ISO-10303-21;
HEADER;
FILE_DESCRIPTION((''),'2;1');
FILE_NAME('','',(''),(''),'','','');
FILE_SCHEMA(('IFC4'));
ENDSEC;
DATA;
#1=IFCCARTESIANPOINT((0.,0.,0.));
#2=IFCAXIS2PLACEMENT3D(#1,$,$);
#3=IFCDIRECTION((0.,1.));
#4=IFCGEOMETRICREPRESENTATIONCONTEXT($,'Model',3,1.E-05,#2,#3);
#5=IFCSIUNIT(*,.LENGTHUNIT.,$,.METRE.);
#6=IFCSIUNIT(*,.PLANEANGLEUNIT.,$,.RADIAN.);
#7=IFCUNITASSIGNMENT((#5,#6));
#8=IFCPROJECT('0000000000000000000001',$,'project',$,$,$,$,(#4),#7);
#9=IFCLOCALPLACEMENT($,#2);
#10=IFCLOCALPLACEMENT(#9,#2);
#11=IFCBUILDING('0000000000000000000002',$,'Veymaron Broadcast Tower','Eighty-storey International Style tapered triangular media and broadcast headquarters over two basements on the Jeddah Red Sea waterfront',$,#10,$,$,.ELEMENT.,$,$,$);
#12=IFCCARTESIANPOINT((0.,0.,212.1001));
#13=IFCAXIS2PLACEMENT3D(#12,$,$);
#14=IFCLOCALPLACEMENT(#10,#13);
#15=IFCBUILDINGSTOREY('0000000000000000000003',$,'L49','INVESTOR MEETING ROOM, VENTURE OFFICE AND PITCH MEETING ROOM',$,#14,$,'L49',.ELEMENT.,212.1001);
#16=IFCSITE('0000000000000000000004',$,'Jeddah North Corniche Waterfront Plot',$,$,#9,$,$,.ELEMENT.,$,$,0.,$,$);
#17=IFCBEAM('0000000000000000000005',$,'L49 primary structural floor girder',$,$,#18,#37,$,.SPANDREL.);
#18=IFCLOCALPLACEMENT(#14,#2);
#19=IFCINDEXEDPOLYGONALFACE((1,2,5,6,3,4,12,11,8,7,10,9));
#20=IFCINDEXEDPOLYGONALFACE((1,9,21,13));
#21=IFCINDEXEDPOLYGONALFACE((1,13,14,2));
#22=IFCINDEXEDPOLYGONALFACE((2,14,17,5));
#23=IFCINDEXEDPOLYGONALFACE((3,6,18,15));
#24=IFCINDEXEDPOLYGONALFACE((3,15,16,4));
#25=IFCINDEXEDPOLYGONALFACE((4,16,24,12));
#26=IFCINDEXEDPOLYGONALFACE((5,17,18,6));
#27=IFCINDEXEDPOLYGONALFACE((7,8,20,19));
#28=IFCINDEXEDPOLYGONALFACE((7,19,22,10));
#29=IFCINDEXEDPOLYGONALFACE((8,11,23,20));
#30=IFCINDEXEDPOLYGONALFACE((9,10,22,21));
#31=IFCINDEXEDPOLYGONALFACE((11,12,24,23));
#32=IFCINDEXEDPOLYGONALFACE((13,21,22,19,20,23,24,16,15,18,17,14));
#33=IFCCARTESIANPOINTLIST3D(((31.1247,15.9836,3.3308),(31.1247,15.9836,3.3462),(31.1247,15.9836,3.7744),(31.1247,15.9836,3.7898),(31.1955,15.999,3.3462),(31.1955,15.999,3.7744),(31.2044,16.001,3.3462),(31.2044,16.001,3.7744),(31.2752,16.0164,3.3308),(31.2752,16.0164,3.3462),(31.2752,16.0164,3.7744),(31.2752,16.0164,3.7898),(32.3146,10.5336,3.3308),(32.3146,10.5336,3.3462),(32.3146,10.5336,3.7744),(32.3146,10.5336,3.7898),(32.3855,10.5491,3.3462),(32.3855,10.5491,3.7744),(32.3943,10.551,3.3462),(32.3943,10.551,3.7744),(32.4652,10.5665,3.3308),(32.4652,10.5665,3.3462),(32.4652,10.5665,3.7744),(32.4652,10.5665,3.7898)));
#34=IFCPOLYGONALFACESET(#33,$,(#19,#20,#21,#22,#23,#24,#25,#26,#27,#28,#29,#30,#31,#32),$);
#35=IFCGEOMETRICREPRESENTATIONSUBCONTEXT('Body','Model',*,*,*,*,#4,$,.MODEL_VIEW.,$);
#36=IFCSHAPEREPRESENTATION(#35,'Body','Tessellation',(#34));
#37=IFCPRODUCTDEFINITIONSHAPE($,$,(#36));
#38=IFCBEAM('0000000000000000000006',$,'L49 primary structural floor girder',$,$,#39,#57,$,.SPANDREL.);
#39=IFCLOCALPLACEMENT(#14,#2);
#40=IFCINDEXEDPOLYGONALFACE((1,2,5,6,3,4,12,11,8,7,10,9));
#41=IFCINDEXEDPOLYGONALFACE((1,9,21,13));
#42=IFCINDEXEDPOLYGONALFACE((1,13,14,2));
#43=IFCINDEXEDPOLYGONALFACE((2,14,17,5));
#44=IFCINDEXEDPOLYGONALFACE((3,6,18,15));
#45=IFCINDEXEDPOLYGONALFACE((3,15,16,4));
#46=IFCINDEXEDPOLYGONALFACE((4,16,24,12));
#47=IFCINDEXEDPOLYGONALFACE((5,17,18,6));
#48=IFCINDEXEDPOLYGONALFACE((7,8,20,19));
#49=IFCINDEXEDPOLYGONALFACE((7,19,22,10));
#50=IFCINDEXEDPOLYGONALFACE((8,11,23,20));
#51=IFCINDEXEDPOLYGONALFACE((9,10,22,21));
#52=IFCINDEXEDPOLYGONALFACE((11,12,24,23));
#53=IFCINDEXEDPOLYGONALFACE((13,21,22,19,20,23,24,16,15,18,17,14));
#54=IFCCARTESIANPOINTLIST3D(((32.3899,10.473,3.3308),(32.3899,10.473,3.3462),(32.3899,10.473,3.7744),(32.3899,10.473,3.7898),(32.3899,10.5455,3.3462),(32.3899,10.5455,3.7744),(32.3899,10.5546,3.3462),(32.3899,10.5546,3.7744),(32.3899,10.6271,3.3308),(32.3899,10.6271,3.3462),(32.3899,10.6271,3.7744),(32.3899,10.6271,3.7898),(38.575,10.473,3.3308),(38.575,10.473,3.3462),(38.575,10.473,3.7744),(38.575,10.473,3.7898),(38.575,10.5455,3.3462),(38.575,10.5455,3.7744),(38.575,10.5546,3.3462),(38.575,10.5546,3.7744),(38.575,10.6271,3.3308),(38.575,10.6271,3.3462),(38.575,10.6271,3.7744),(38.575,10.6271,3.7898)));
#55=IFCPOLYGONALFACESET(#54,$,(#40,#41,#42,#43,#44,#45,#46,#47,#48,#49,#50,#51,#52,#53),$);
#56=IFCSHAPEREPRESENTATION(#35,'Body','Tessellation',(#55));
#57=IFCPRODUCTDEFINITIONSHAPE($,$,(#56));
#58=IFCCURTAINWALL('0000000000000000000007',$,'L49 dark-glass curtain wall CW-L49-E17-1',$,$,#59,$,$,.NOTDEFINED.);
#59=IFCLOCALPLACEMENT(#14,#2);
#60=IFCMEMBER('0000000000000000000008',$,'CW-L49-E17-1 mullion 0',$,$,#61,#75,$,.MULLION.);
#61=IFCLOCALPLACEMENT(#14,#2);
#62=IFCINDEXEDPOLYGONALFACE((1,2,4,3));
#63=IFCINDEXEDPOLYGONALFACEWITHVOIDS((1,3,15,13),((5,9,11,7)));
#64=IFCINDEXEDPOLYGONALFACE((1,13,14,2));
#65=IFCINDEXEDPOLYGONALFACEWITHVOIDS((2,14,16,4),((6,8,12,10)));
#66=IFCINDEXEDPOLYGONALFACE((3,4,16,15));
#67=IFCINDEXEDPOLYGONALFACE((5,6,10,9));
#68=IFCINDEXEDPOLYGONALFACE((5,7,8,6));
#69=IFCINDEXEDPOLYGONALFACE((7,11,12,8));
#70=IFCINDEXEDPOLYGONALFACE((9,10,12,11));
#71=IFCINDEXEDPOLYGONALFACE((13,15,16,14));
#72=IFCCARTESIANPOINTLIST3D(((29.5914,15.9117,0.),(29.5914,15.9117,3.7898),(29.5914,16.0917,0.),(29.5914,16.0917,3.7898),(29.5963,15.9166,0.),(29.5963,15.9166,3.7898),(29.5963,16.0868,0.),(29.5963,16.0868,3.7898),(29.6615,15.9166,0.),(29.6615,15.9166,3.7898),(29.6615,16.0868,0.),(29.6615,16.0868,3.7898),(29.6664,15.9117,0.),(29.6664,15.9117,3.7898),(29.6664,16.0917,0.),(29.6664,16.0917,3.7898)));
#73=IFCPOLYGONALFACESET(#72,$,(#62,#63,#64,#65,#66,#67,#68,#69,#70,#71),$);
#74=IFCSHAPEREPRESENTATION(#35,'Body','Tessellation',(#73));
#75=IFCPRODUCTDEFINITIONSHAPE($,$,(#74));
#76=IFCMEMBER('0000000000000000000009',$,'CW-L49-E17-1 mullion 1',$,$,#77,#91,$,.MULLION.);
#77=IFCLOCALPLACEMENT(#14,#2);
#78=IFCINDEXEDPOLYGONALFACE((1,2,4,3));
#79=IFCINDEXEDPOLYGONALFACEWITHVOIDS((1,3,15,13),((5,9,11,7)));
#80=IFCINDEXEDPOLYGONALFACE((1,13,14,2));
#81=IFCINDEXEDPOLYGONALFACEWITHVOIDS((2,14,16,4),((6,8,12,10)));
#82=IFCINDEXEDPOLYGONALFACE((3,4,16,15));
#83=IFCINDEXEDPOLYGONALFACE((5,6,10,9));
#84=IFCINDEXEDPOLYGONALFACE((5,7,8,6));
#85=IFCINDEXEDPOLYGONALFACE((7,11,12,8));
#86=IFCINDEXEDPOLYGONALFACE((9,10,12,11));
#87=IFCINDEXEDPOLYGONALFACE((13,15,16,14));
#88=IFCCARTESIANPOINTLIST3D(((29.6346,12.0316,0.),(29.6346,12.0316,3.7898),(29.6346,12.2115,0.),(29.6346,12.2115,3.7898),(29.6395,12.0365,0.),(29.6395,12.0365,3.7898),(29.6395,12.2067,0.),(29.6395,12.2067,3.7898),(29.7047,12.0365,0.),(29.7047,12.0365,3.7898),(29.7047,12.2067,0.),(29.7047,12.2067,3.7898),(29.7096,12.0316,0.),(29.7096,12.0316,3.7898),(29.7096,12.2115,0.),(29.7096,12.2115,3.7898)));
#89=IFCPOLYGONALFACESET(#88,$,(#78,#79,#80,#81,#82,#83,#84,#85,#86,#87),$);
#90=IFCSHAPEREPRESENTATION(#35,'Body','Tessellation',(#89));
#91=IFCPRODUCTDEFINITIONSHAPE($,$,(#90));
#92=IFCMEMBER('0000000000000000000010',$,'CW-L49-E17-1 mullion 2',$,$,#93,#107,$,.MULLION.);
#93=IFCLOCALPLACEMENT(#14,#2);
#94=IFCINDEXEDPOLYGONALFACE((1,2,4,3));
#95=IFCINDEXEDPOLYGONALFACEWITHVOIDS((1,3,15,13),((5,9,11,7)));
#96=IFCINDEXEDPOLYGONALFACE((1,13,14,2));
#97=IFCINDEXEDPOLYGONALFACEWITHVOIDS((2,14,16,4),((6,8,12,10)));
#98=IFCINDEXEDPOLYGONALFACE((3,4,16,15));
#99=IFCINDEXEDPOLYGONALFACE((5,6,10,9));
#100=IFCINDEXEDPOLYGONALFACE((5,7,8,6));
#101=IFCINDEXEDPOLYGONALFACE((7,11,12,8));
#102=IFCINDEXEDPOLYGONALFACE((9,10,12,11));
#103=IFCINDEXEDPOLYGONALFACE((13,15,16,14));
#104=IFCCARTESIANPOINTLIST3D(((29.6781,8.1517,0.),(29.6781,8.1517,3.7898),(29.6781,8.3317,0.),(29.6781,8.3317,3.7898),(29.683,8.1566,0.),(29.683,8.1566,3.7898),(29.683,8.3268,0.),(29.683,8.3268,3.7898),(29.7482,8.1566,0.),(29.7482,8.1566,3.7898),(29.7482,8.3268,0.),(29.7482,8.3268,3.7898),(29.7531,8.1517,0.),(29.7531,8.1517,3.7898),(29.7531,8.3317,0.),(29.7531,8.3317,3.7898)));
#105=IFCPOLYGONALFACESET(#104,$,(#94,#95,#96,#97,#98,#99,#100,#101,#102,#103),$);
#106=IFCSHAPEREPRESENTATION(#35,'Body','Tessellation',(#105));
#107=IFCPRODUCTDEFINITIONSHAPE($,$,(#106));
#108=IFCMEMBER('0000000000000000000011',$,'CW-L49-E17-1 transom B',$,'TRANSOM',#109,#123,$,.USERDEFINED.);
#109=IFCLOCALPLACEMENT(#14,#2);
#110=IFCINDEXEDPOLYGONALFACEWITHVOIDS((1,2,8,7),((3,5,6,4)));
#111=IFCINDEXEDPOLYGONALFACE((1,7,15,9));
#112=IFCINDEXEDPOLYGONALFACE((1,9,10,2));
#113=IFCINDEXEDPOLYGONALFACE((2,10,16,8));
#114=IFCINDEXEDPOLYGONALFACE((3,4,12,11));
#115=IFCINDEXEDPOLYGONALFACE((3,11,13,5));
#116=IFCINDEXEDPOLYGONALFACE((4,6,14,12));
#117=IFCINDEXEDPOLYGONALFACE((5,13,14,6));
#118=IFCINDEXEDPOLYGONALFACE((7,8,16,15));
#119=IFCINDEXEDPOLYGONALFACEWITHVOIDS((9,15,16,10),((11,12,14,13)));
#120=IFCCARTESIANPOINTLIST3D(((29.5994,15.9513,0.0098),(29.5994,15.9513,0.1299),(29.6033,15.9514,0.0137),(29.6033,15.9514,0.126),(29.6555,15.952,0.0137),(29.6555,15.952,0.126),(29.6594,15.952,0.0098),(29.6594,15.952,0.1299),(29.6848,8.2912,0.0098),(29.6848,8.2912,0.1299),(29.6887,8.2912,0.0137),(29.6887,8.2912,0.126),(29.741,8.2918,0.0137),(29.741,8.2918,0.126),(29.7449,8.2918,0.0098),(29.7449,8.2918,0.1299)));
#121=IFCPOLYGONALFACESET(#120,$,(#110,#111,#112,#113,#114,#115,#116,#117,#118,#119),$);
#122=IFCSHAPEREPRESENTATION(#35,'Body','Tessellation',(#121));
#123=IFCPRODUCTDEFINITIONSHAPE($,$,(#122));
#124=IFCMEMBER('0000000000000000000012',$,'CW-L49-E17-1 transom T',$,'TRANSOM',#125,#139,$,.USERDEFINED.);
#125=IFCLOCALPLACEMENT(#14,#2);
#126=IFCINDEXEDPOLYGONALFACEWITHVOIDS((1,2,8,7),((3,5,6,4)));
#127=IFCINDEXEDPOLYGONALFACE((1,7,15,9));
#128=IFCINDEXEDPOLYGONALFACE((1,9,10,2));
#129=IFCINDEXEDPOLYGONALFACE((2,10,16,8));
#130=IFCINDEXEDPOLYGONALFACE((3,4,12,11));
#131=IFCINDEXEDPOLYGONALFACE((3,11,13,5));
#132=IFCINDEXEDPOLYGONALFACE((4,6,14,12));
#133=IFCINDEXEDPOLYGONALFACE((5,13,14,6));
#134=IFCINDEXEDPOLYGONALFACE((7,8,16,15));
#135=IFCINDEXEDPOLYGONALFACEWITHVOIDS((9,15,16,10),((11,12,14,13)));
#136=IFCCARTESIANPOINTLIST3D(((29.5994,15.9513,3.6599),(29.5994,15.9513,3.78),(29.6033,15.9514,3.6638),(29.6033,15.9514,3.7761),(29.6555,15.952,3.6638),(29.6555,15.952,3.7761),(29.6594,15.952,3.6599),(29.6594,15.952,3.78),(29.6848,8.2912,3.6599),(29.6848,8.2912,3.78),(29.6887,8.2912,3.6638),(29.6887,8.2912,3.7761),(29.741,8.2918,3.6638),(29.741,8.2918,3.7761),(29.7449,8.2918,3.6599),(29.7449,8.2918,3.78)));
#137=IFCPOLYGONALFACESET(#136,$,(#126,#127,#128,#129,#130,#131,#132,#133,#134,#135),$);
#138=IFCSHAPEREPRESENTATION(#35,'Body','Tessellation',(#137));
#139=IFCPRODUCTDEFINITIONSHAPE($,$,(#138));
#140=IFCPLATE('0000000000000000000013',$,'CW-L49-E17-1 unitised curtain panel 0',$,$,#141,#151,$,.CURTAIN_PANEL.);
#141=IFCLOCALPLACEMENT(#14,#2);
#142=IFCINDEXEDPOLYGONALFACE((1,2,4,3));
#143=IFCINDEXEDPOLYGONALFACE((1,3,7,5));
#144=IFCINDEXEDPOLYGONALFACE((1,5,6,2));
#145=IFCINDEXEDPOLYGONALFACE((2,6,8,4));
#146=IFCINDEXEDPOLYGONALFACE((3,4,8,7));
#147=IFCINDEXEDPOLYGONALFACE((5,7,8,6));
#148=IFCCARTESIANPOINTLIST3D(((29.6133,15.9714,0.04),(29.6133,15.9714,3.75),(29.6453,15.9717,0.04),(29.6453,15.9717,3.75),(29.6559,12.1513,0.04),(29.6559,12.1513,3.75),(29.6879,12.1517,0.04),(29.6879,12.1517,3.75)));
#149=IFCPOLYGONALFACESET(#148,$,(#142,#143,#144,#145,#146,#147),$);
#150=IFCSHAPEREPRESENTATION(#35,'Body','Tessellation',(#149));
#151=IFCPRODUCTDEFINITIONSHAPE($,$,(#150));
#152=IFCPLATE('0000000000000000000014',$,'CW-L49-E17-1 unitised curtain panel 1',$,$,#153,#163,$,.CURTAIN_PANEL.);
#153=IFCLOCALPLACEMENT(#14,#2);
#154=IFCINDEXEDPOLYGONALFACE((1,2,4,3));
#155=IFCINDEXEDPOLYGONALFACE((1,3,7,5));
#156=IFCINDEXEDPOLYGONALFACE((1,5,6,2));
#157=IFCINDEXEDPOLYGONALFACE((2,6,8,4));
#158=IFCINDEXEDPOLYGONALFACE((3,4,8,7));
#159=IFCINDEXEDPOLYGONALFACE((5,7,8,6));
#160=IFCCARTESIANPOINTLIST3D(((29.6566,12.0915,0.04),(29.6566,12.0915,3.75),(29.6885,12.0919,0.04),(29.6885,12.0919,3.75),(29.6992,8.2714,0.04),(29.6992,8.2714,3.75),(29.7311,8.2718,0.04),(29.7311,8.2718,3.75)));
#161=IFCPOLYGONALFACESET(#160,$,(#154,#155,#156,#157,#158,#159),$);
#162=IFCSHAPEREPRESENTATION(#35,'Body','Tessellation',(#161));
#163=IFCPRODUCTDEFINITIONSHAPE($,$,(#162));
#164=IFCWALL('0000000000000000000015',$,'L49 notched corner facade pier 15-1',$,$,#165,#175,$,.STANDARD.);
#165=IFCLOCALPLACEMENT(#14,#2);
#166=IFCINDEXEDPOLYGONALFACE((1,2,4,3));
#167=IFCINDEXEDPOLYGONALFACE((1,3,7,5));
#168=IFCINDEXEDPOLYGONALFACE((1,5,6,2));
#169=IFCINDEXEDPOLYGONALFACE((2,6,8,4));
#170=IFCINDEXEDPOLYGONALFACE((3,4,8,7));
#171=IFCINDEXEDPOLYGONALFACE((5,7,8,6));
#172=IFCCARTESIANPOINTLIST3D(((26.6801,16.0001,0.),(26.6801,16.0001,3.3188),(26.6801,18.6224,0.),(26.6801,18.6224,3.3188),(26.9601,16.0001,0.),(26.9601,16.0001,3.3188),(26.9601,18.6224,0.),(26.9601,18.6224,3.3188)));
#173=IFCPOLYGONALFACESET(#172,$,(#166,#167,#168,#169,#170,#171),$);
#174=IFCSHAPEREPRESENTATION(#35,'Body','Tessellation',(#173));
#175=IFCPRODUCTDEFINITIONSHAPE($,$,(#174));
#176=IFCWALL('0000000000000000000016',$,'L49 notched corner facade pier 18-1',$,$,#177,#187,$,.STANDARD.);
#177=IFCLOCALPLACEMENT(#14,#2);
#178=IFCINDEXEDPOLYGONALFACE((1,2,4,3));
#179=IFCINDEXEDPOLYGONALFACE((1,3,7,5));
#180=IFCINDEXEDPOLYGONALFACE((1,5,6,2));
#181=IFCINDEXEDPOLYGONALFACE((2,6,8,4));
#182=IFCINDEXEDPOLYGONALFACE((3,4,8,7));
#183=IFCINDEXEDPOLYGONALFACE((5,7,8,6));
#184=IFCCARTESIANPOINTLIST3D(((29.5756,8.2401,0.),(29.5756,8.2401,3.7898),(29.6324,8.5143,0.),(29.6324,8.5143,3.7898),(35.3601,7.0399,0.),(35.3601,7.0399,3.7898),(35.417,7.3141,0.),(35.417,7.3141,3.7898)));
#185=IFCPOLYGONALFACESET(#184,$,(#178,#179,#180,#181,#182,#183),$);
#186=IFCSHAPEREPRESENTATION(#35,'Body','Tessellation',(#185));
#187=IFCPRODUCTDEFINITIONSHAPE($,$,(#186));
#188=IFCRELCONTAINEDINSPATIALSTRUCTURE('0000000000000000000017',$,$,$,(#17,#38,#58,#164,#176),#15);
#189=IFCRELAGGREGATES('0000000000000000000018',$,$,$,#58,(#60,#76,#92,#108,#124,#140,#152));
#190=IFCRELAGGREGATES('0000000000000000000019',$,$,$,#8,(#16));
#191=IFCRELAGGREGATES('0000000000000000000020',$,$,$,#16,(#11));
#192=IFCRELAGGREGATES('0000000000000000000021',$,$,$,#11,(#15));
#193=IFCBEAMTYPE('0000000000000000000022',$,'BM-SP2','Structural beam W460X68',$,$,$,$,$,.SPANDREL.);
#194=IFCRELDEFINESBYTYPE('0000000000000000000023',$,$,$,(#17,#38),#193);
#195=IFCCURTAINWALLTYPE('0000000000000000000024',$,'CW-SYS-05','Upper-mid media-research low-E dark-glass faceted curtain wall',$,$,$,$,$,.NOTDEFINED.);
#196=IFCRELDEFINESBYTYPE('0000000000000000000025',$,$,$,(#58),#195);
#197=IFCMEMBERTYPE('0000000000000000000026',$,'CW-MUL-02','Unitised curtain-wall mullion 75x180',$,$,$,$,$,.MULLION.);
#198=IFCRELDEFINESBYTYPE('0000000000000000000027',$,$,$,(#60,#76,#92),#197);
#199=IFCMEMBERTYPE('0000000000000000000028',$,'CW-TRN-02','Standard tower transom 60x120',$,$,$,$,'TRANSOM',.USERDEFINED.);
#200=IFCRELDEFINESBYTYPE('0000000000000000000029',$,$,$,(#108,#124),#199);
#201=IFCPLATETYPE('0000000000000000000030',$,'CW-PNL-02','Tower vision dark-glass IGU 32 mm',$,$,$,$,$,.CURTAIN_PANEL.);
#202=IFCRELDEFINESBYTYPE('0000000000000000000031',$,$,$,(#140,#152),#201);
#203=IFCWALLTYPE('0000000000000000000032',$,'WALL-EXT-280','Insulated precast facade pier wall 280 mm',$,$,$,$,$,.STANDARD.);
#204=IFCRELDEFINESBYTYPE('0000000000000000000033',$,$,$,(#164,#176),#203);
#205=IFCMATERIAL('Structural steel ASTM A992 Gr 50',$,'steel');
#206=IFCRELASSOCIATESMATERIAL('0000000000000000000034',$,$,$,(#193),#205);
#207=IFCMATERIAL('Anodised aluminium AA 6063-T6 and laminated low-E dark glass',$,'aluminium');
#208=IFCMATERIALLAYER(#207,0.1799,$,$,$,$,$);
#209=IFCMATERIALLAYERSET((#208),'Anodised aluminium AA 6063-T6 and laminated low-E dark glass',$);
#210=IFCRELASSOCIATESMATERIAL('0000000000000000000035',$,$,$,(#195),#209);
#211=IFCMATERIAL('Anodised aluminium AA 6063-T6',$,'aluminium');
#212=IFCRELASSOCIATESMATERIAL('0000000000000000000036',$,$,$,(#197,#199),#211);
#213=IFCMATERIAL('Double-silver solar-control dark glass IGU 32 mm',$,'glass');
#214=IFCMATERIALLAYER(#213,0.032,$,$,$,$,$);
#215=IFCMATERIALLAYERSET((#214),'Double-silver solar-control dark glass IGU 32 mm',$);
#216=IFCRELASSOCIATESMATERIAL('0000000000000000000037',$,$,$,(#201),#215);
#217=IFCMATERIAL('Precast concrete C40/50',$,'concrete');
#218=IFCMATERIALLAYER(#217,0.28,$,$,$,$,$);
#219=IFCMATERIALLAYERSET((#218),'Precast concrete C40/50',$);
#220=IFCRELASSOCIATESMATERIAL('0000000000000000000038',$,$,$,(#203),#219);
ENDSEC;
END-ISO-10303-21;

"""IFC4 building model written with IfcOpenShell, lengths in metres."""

from ifc_helpers import new_model, si_unit, direction, frame, frame_2d, origin, origin_2d, place, context, subcontext, project, spatial, rectangle, hollow_rectangle, i_section, extrude, material, layer, layer_set, material_profile, profile_set, type_object, element, aggregate, save


model = new_model("IFC4")

# Units and contexts
model_context = context("Model", 3, precision=1e-05, world=origin(), true_north=direction((0.0, 1.0)))
body_context = subcontext(model_context, "Body", "Model", "MODEL_VIEW")
ifc_project = project(units=[si_unit("LENGTHUNIT", "METRE"), si_unit("PLANEANGLEUNIT", "RADIAN")], contexts=[model_context])

# Site, building, storey
site_placement = place(None, origin())
site = spatial("IfcSite", under=ifc_project, at=site_placement, Name="Jeddah North Corniche Waterfront Plot", CompositionType="ELEMENT", RefElevation=0.0)
building_placement = place(site_placement, origin())
building = spatial("IfcBuilding", under=site, at=building_placement, Name="Veymaron Broadcast Tower", Description="Eighty-storey International Style tapered triangular media and broadcast headquarters over two basements on the Jeddah Red Sea waterfront", CompositionType="ELEMENT")
storey_placement = place(building_placement, frame((0.0, 0.0, 212.1001)))
storey = spatial("IfcBuildingStorey", under=building, at=storey_placement, Name="L49", Description="INVESTOR MEETING ROOM, VENTURE OFFICE AND PITCH MEETING ROOM", LongName="L49", CompositionType="ELEMENT", Elevation=212.1001)

# Shared definitions
ifc_material_1 = material(Name="Structural steel ASTM A992 Gr 50", Category="steel")

# Beams
ifc_material_profile_1 = material_profile(ifc_material_1, i_section(OverallWidth=0.1541, OverallDepth=0.459, WebThickness=0.009, FlangeThickness=0.0154, at=origin_2d()), Name="W460X68")
ifc_profile_set_1 = profile_set([ifc_material_profile_1], Name="Structural steel ASTM A992 Gr 50")
beam_type_1 = type_object("IfcBeamType", Name="BM-SP2", Description="Structural beam W460X68", PredefinedType="SPANDREL", material=ifc_profile_set_1)
beam_1_placement = place(storey_placement, frame((31.2, 16.0, 3.5603), z_axis=(0.213314, -0.976984, 0.0), x_axis=(0.976984, 0.213314, 0.0)))
element("IfcBeam", 1, at=beam_1_placement, inside=storey, type_object=beam_type_1, Name="L49 primary structural floor girder", PredefinedType="SPANDREL", context=body_context, shape_type="SweptSolid", body=[
    extrude(i_section(OverallWidth=0.1541, OverallDepth=0.459, WebThickness=0.009, FlangeThickness=0.0154, at=origin_2d()), origin(), (0.0, 0.0, 1.0), 5.5784),
])
beam_2_placement = place(storey_placement, frame((32.3899, 10.55, 3.5603), z_axis=(1.0, 0.0, 0.0), x_axis=(0.0, 1.0, 0.0)))
element("IfcBeam", 2, at=beam_2_placement, inside=storey, type_object=beam_type_1, Name="L49 primary structural floor girder", PredefinedType="SPANDREL", context=body_context, shape_type="SweptSolid", body=[
    extrude(i_section(OverallWidth=0.1541, OverallDepth=0.459, WebThickness=0.009, FlangeThickness=0.0154, at=origin_2d()), origin(), (0.0, 0.0, 1.0), 6.1851),
])

# Curtain wall, members, plates
ifc_material_2 = material(Name="Anodised aluminium AA 6063-T6 and laminated low-E dark glass", Category="aluminium")
ifc_layer_1 = layer(ifc_material_2, 0.1799)
ifc_layer_set_1 = layer_set([ifc_layer_1], Name="Anodised aluminium AA 6063-T6 and laminated low-E dark glass")
curtain_wall_type = type_object("IfcCurtainWallType", Name="CW-SYS-05", Description="Upper-mid media-research low-E dark-glass faceted curtain wall", PredefinedType="NOTDEFINED", material=ifc_layer_set_1)
curtain_wall_placement = place(storey_placement, origin())
curtain_wall = element("IfcCurtainWall", 3, at=curtain_wall_placement, inside=storey, type_object=curtain_wall_type, Name="L49 dark-glass curtain wall CW-L49-E17-1", PredefinedType="NOTDEFINED")
ifc_material_3 = material(Name="Anodised aluminium AA 6063-T6", Category="aluminium")
ifc_material_profile_2 = material_profile(ifc_material_3, hollow_rectangle(XDim=0.075, YDim=0.1799, WallThickness=0.0049, at=origin_2d()), Name="AL180X75X5")
ifc_profile_set_2 = profile_set([ifc_material_profile_2], Name="Anodised aluminium AA 6063-T6")
member_type_1 = type_object("IfcMemberType", Name="CW-MUL-02", Description="Unitised curtain-wall mullion 75x180", PredefinedType="MULLION", material=ifc_profile_set_2)
member_1_placement = place(storey_placement, frame((29.6289, 16.0017, 0.0), z_axis=(0.0, 0.0, 1.0), x_axis=(1.0, 0.0, 0.0)))
member_1 = element("IfcMember", 4, at=member_1_placement, type_object=member_type_1, Name="CW-L49-E17-1 mullion 0", PredefinedType="MULLION", context=body_context, shape_type="SweptSolid", body=[
    extrude(hollow_rectangle(XDim=0.075, YDim=0.1799, WallThickness=0.0049, at=origin_2d()), origin(), (0.0, 0.0, 1.0), 3.7898),
])
member_2_placement = place(storey_placement, frame((29.6721, 12.1216, 0.0), z_axis=(0.0, 0.0, 1.0), x_axis=(1.0, 0.0, 0.0)))
member_2 = element("IfcMember", 5, at=member_2_placement, type_object=member_type_1, Name="CW-L49-E17-1 mullion 1", PredefinedType="MULLION", context=body_context, shape_type="SweptSolid", body=[
    extrude(hollow_rectangle(XDim=0.075, YDim=0.1799, WallThickness=0.0049, at=origin_2d()), origin(), (0.0, 0.0, 1.0), 3.7898),
])
member_3_placement = place(storey_placement, frame((29.7156, 8.2417, 0.0), z_axis=(0.0, 0.0, 1.0), x_axis=(1.0, 0.0, 0.0)))
member_3 = element("IfcMember", 6, at=member_3_placement, type_object=member_type_1, Name="CW-L49-E17-1 mullion 2", PredefinedType="MULLION", context=body_context, shape_type="SweptSolid", body=[
    extrude(hollow_rectangle(XDim=0.075, YDim=0.1799, WallThickness=0.0049, at=origin_2d()), origin(), (0.0, 0.0, 1.0), 3.7898),
])
ifc_material_profile_3 = material_profile(ifc_material_3, hollow_rectangle(XDim=0.0601, YDim=0.1201, WallThickness=0.0039, at=origin_2d()), Name="AL120X60X4")
ifc_profile_set_3 = profile_set([ifc_material_profile_3], Name="Anodised aluminium AA 6063-T6")
member_type_2 = type_object("IfcMemberType", Name="CW-TRN-02", Description="Standard tower transom 60x120", ElementType="TRANSOM", PredefinedType="USERDEFINED", material=ifc_profile_set_3)
member_4_placement = place(storey_placement, frame((29.6294, 15.9517, 0.0698), z_axis=(0.011154, -0.999938, 0.0), x_axis=(0.999938, 0.011154, 0.0)))
member_4 = element("IfcMember", 7, at=member_4_placement, type_object=member_type_2, Name="CW-L49-E17-1 transom B", ObjectType="TRANSOM", PredefinedType="USERDEFINED", context=body_context, shape_type="SweptSolid", body=[
    extrude(hollow_rectangle(XDim=0.0601, YDim=0.1201, WallThickness=0.0039, at=origin_2d()), origin(), (0.0, 0.0, 1.0), 7.6606),
])
member_5_placement = place(storey_placement, frame((29.6294, 15.9517, 3.72), z_axis=(0.011154, -0.999938, 0.0), x_axis=(0.999938, 0.011154, 0.0)))
member_5 = element("IfcMember", 8, at=member_5_placement, type_object=member_type_2, Name="CW-L49-E17-1 transom T", ObjectType="TRANSOM", PredefinedType="USERDEFINED", context=body_context, shape_type="SweptSolid", body=[
    extrude(hollow_rectangle(XDim=0.0601, YDim=0.1201, WallThickness=0.0039, at=origin_2d()), origin(), (0.0, 0.0, 1.0), 7.6606),
])
ifc_material_4 = material(Name="Double-silver solar-control dark glass IGU 32 mm", Category="glass")
ifc_layer_2 = layer(ifc_material_4, 0.032)
ifc_layer_set_2 = layer_set([ifc_layer_2], Name="Double-silver solar-control dark glass IGU 32 mm")
plate_type = type_object("IfcPlateType", Name="CW-PNL-02", Description="Tower vision dark-glass IGU 32 mm", PredefinedType="CURTAIN_PANEL", material=ifc_layer_set_2)
plate_1_placement = place(storey_placement, frame((29.6506, 14.0615, 0.04), z_axis=(0.0, 0.0, 1.0), x_axis=(0.011152, -0.999938, 0.0)))
plate_1 = element("IfcPlate", 9, at=plate_1_placement, type_object=plate_type, Name="CW-L49-E17-1 unitised curtain panel 0", PredefinedType="CURTAIN_PANEL", context=body_context, shape_type="SweptSolid", body=[
    extrude(rectangle(XDim=3.8203, YDim=0.032, at=origin_2d()), origin(), (0.0, 0.0, 1.0), 3.71),
])
plate_2_placement = place(storey_placement, frame((29.6938, 10.1816, 0.04), z_axis=(0.0, 0.0, 1.0), x_axis=(0.011152, -0.999938, 0.0)))
plate_2 = element("IfcPlate", 10, at=plate_2_placement, type_object=plate_type, Name="CW-L49-E17-1 unitised curtain panel 1", PredefinedType="CURTAIN_PANEL", context=body_context, shape_type="SweptSolid", body=[
    extrude(rectangle(XDim=3.8203, YDim=0.032, at=origin_2d()), origin(), (0.0, 0.0, 1.0), 3.71),
])
aggregate(curtain_wall, [member_1, member_2, member_3, member_4, member_5, plate_1, plate_2])

# Walls
ifc_material_5 = material(Name="Precast concrete C40/50", Category="concrete")
ifc_layer_3 = layer(ifc_material_5, 0.28)
ifc_layer_set_3 = layer_set([ifc_layer_3], Name="Precast concrete C40/50")
wall_type_1 = type_object("IfcWallType", Name="WALL-EXT-280", Description="Insulated precast facade pier wall 280 mm", PredefinedType="STANDARD", material=ifc_layer_set_3)
wall_1_placement = place(storey_placement, frame((26.8201, 18.6223, 0.0), z_axis=(0.0, 0.0, 1.0), x_axis=(0.0, -1.0, 0.0)))
element("IfcWall", 11, at=wall_1_placement, inside=storey, type_object=wall_type_1, Name="L49 notched corner facade pier 15-1", PredefinedType="STANDARD", context=body_context, shape_type="SweptSolid", body=[
    extrude(rectangle(XDim=2.6223, YDim=0.28, at=frame_2d((1.311, 0.0))), origin(), (0.0, 0.0, 1.0), 3.3188),
])
wall_2_placement = place(storey_placement, frame((29.604, 8.3772, 0.0), z_axis=(0.0, 0.0, 1.0), x_axis=(0.979145, -0.20316, 0.0)))
element("IfcWall", 12, at=wall_2_placement, inside=storey, type_object=wall_type_1, Name="L49 notched corner facade pier 18-1", PredefinedType="STANDARD", context=body_context, shape_type="SweptSolid", body=[
    extrude(rectangle(XDim=5.9077, YDim=0.28, at=frame_2d((2.9539, 0.0))), origin(), (0.0, 0.0, 1.0), 3.7898),
])

save(model, "model.ifc")
